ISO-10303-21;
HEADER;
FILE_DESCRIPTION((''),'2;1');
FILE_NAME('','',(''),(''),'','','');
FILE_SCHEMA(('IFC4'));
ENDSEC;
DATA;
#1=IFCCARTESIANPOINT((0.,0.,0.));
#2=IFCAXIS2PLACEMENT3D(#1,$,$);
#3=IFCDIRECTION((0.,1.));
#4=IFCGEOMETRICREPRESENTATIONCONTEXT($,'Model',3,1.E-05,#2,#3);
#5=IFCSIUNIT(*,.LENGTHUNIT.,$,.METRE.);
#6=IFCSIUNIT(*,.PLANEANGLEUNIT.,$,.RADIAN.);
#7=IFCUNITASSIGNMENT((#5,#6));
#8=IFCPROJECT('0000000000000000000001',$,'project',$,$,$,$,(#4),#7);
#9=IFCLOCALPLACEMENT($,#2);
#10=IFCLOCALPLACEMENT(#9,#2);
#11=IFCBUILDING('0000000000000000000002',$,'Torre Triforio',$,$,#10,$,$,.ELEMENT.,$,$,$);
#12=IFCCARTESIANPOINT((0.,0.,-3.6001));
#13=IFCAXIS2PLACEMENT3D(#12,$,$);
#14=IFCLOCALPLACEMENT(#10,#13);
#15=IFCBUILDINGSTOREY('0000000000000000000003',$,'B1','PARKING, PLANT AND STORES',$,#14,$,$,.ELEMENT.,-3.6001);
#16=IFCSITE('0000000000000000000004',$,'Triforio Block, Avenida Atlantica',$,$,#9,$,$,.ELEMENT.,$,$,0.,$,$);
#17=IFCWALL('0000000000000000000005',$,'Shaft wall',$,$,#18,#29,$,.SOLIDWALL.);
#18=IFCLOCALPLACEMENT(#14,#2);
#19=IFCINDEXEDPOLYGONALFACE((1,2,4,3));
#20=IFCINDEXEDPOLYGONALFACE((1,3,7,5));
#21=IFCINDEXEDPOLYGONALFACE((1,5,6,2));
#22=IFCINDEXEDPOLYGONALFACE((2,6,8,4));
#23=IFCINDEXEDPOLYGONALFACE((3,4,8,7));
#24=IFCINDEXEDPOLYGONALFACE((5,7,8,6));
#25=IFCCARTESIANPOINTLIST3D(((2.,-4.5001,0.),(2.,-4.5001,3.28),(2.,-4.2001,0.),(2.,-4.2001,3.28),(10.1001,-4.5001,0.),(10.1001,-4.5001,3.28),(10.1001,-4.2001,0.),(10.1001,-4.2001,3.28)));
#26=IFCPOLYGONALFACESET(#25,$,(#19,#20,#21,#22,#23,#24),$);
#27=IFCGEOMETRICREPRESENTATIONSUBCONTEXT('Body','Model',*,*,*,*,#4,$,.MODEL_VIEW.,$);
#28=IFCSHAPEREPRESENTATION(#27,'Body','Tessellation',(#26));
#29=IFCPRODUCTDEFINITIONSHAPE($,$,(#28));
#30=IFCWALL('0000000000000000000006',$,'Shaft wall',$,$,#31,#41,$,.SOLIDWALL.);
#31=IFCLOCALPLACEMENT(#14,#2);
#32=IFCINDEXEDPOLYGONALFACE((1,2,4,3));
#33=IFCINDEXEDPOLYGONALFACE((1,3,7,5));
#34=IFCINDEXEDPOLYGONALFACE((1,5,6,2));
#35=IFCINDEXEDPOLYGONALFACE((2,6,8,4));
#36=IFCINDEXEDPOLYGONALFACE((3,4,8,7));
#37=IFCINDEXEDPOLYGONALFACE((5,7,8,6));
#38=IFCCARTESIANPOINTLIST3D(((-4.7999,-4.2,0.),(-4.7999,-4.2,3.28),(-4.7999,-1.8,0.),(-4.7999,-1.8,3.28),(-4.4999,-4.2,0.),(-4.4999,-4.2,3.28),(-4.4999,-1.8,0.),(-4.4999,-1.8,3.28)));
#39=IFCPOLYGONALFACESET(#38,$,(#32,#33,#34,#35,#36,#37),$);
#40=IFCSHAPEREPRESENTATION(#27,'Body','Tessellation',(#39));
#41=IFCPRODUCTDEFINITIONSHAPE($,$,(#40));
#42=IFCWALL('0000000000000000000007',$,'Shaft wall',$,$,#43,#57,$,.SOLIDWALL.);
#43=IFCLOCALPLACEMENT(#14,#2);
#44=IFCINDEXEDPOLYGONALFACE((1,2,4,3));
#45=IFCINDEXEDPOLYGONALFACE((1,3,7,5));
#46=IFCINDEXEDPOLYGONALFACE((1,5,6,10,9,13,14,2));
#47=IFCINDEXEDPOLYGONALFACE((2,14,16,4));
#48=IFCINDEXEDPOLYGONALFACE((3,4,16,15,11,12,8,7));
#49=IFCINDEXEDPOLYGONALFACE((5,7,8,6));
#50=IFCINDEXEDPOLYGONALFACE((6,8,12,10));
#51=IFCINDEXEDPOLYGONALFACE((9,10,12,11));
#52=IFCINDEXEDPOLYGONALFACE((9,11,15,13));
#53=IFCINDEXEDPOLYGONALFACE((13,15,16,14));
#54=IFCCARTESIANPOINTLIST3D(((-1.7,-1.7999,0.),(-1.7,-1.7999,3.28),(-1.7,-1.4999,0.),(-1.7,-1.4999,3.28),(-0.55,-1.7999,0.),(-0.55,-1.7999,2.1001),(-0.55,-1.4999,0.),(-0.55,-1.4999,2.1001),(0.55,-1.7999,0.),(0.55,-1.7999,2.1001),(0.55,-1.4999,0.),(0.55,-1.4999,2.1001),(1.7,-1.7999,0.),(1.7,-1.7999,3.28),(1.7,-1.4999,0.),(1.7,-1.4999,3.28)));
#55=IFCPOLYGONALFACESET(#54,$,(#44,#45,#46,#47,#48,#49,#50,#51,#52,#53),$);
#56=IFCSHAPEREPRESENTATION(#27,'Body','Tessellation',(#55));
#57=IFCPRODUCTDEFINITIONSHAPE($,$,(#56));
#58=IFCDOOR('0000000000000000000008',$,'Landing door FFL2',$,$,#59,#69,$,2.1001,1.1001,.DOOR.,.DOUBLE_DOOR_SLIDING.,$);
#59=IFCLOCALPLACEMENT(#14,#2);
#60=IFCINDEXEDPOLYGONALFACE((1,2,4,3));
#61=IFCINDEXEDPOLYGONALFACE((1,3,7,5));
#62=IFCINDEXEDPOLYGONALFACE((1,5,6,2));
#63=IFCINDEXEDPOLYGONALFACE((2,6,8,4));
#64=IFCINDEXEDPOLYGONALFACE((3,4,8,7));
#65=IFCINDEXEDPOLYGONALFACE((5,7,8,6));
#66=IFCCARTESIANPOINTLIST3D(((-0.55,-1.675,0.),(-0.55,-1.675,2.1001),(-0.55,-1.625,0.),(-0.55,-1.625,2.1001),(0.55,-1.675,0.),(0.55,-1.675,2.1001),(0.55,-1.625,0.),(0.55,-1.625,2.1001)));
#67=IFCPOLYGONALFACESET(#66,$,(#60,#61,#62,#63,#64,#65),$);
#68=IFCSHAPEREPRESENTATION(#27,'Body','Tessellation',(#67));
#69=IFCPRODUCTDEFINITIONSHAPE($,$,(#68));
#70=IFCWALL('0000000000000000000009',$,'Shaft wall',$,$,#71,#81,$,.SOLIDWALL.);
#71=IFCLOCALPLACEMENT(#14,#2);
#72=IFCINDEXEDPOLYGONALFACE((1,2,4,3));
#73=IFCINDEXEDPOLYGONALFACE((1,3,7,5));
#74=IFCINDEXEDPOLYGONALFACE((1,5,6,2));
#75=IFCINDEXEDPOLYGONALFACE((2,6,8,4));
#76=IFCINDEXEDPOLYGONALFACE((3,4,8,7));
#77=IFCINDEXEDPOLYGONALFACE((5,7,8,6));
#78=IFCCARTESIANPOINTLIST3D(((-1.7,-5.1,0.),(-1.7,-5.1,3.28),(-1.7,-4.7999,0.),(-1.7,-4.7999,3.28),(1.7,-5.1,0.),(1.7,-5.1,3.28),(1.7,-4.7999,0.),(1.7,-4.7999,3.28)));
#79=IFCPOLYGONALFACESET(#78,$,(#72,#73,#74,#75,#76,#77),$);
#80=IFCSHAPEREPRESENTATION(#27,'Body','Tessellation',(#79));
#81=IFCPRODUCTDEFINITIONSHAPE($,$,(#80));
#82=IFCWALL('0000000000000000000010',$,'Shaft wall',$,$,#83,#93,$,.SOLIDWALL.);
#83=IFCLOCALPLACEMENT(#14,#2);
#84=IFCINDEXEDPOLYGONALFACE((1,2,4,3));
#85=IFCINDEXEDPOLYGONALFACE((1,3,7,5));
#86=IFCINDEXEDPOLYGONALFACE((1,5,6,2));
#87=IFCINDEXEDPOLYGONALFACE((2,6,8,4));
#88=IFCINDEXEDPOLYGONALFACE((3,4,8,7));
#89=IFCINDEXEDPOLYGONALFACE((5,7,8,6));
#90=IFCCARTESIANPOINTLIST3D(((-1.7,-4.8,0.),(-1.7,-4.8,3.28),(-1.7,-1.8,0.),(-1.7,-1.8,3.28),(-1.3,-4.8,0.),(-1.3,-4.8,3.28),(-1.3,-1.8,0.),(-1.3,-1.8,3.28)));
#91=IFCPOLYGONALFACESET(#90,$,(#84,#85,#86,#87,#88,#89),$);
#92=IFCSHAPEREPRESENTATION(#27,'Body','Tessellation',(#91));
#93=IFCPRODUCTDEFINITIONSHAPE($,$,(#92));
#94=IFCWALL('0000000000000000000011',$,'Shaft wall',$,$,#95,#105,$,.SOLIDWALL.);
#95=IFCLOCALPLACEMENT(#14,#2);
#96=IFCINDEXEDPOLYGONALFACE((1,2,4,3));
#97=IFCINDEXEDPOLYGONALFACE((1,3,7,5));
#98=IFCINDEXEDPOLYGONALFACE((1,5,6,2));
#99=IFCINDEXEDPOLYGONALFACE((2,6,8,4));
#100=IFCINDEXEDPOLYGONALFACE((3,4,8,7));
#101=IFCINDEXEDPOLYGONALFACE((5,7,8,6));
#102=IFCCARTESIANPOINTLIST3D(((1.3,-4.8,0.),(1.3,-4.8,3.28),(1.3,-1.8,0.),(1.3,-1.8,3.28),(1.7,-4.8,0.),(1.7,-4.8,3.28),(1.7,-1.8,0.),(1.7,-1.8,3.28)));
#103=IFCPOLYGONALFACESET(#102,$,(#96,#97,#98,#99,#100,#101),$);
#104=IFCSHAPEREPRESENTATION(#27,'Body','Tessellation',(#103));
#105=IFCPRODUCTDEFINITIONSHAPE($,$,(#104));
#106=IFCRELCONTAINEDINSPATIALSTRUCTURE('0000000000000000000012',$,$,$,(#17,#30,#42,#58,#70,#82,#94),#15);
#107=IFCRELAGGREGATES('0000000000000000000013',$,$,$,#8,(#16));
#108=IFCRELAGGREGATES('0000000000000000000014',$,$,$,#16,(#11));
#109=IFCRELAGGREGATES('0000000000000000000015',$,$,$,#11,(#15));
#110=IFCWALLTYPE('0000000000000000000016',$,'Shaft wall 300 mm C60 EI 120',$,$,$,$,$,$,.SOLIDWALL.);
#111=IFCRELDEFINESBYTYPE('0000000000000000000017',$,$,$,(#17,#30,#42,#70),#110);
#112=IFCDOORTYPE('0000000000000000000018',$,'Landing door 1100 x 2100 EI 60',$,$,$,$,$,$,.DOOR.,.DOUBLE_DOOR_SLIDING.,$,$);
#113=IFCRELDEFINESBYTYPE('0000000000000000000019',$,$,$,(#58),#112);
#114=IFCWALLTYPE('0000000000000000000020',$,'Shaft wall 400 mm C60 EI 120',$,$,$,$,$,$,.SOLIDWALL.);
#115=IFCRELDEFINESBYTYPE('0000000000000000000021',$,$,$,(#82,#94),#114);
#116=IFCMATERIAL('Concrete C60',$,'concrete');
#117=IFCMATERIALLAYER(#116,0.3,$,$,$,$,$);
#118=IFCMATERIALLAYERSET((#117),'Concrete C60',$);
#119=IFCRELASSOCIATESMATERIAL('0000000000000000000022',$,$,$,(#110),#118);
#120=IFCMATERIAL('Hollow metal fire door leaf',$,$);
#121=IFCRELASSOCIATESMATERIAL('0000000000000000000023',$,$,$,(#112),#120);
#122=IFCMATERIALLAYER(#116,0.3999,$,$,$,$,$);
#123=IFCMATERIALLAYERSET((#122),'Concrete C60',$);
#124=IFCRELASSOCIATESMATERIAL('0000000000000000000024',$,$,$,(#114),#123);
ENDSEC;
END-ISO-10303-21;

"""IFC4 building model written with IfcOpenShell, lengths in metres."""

from ifc_helpers import new_model, si_unit, direction, frame, frame_2d, origin, place, context, subcontext, project, spatial, rectangle, extrude, material, layer, layer_set, type_object, element, fill, save


model = new_model("IFC4")

# Units and contexts
model_context = context("Model", 3, precision=1e-05, world=origin(), true_north=direction((0.0, 1.0)))
body_context = subcontext(model_context, "Body", "Model", "MODEL_VIEW")
ifc_project = project(units=[si_unit("LENGTHUNIT", "METRE"), si_unit("PLANEANGLEUNIT", "RADIAN")], contexts=[model_context])

# Site, building, storey
site_placement = place(None, origin())
site = spatial("IfcSite", under=ifc_project, at=site_placement, Name="Triforio Block, Avenida Atlantica", CompositionType="ELEMENT", RefElevation=0.0)
building_placement = place(site_placement, origin())
building = spatial("IfcBuilding", under=site, at=building_placement, Name="Torre Triforio", CompositionType="ELEMENT")
storey_placement = place(building_placement, frame((0.0, 0.0, -3.6001)))
storey = spatial("IfcBuildingStorey", under=building, at=storey_placement, Name="B1", Description="PARKING, PLANT AND STORES", CompositionType="ELEMENT", Elevation=-3.6001)

# Shared definitions
ifc_material_1 = material(Name="Concrete C60", Category="concrete")

# Shared definitions
ifc_material_2 = material(Name="Hollow metal fire door leaf")

# Walls
ifc_layer_1 = layer(ifc_material_1, 0.3)
ifc_layer_set_1 = layer_set([ifc_layer_1], Name="Concrete C60")
wall_type_1 = type_object("IfcWallType", Name="Shaft wall 300 mm C60 EI 120", PredefinedType="SOLIDWALL", material=ifc_layer_set_1)
wall_1_placement = place(storey_placement, frame((2.0, -4.3501, 0.0), z_axis=(0.0, 0.0, 1.0), x_axis=(1.0, 0.0, 0.0)))
element("IfcWall", 1, at=wall_1_placement, inside=storey, type_object=wall_type_1, Name="Shaft wall", PredefinedType="SOLIDWALL", context=body_context, shape_type="SweptSolid", body=[
    extrude(rectangle(XDim=8.1001, YDim=0.3, at=frame_2d((4.05, 0.0))), origin(), (0.0, 0.0, 1.0), 3.28),
])
wall_2_placement = place(storey_placement, frame((-4.6499, -4.2, 0.0), z_axis=(0.0, 0.0, 1.0), x_axis=(0.0, 1.0, 0.0)))
element("IfcWall", 2, at=wall_2_placement, inside=storey, type_object=wall_type_1, Name="Shaft wall", PredefinedType="SOLIDWALL", context=body_context, shape_type="SweptSolid", body=[
    extrude(rectangle(XDim=2.3999, YDim=0.3, at=frame_2d((1.2, 0.0))), origin(), (0.0, 0.0, 1.0), 3.28),
])

# Wall, opening, door
wall_3_placement = place(storey_placement, frame((-1.7, -1.6499, 0.0), z_axis=(0.0, 0.0, 1.0), x_axis=(1.0, 0.0, 0.0)))
wall_3 = element("IfcWall", 3, at=wall_3_placement, inside=storey, type_object=wall_type_1, Name="Shaft wall", PredefinedType="SOLIDWALL", context=body_context, shape_type="SweptSolid", body=[
    extrude(rectangle(XDim=3.3999, YDim=0.3, at=frame_2d((1.7, 0.0))), origin(), (0.0, 0.0, 1.0), 3.28),
])
opening_1_placement = place(wall_3_placement, frame((1.1499, 0.0, 0.0)))
opening_1 = element("IfcOpeningElement", 4, at=opening_1_placement, cuts=wall_3, PredefinedType="OPENING", context=body_context, shape_type="SweptSolid", body=[
    extrude(rectangle(XDim=1.1001, YDim=2.1001, at=frame_2d((0.55, 1.05))), frame((0.0, 0.1599, 0.0), z_axis=(0.0, -1.0, 0.0), x_axis=(1.0, 0.0, 0.0)), (0.0, 0.0, 1.0), 0.3201),
])
door_type_1 = type_object("IfcDoorType", Name="Landing door 1100 x 2100 EI 60", OperationType="DOUBLE_DOOR_SLIDING", PredefinedType="DOOR", material=ifc_material_2)
door_1_placement = place(opening_1_placement, origin())
door_1 = element("IfcDoor", 5, at=door_1_placement, inside=storey, type_object=door_type_1, Name="Landing door FFL2", OperationType="DOUBLE_DOOR_SLIDING", OverallHeight=2.1001, OverallWidth=1.1001, PredefinedType="DOOR", context=body_context, shape_type="SweptSolid", body=[
    extrude(rectangle(XDim=1.1001, YDim=2.1001, at=frame_2d((0.55, 1.05))), frame((0.0, 0.0249, 0.0), z_axis=(0.0, -1.0, 0.0), x_axis=(1.0, 0.0, 0.0)), (0.0, 0.0, 1.0), 0.05),
])
fill(opening_1, door_1)

# Walls
wall_4_placement = place(storey_placement, frame((-1.7, -4.95, 0.0), z_axis=(0.0, 0.0, 1.0), x_axis=(1.0, 0.0, 0.0)))
element("IfcWall", 6, at=wall_4_placement, inside=storey, type_object=wall_type_1, Name="Shaft wall", PredefinedType="SOLIDWALL", context=body_context, shape_type="SweptSolid", body=[
    extrude(rectangle(XDim=3.3999, YDim=0.3, at=frame_2d((1.7, 0.0))), origin(), (0.0, 0.0, 1.0), 3.28),
])
ifc_layer_2 = layer(ifc_material_1, 0.3999)
ifc_layer_set_2 = layer_set([ifc_layer_2], Name="Concrete C60")
wall_type_2 = type_object("IfcWallType", Name="Shaft wall 400 mm C60 EI 120", PredefinedType="SOLIDWALL", material=ifc_layer_set_2)
for number, where, z_axis, x_axis, name in (
    (7, (-1.5, -4.8, 0.0), (0.0, 0.0, 1.0), (0.0, 1.0, 0.0), "Shaft wall"),
    (8, (1.5, -4.8, 0.0), (0.0, 0.0, 1.0), (0.0, 1.0, 0.0), "Shaft wall"),
):
    element("IfcWall", number, at=place(storey_placement, frame(where, z_axis=z_axis, x_axis=x_axis)), inside=storey, type_object=wall_type_2, Name=name, PredefinedType="SOLIDWALL", context=body_context, shape_type="SweptSolid", body=[
        extrude(rectangle(XDim=3.0, YDim=0.3999, at=frame_2d((1.5, 0.0))), origin(), (0.0, 0.0, 1.0), 3.28),
    ])

save(model, "model.ifc")
